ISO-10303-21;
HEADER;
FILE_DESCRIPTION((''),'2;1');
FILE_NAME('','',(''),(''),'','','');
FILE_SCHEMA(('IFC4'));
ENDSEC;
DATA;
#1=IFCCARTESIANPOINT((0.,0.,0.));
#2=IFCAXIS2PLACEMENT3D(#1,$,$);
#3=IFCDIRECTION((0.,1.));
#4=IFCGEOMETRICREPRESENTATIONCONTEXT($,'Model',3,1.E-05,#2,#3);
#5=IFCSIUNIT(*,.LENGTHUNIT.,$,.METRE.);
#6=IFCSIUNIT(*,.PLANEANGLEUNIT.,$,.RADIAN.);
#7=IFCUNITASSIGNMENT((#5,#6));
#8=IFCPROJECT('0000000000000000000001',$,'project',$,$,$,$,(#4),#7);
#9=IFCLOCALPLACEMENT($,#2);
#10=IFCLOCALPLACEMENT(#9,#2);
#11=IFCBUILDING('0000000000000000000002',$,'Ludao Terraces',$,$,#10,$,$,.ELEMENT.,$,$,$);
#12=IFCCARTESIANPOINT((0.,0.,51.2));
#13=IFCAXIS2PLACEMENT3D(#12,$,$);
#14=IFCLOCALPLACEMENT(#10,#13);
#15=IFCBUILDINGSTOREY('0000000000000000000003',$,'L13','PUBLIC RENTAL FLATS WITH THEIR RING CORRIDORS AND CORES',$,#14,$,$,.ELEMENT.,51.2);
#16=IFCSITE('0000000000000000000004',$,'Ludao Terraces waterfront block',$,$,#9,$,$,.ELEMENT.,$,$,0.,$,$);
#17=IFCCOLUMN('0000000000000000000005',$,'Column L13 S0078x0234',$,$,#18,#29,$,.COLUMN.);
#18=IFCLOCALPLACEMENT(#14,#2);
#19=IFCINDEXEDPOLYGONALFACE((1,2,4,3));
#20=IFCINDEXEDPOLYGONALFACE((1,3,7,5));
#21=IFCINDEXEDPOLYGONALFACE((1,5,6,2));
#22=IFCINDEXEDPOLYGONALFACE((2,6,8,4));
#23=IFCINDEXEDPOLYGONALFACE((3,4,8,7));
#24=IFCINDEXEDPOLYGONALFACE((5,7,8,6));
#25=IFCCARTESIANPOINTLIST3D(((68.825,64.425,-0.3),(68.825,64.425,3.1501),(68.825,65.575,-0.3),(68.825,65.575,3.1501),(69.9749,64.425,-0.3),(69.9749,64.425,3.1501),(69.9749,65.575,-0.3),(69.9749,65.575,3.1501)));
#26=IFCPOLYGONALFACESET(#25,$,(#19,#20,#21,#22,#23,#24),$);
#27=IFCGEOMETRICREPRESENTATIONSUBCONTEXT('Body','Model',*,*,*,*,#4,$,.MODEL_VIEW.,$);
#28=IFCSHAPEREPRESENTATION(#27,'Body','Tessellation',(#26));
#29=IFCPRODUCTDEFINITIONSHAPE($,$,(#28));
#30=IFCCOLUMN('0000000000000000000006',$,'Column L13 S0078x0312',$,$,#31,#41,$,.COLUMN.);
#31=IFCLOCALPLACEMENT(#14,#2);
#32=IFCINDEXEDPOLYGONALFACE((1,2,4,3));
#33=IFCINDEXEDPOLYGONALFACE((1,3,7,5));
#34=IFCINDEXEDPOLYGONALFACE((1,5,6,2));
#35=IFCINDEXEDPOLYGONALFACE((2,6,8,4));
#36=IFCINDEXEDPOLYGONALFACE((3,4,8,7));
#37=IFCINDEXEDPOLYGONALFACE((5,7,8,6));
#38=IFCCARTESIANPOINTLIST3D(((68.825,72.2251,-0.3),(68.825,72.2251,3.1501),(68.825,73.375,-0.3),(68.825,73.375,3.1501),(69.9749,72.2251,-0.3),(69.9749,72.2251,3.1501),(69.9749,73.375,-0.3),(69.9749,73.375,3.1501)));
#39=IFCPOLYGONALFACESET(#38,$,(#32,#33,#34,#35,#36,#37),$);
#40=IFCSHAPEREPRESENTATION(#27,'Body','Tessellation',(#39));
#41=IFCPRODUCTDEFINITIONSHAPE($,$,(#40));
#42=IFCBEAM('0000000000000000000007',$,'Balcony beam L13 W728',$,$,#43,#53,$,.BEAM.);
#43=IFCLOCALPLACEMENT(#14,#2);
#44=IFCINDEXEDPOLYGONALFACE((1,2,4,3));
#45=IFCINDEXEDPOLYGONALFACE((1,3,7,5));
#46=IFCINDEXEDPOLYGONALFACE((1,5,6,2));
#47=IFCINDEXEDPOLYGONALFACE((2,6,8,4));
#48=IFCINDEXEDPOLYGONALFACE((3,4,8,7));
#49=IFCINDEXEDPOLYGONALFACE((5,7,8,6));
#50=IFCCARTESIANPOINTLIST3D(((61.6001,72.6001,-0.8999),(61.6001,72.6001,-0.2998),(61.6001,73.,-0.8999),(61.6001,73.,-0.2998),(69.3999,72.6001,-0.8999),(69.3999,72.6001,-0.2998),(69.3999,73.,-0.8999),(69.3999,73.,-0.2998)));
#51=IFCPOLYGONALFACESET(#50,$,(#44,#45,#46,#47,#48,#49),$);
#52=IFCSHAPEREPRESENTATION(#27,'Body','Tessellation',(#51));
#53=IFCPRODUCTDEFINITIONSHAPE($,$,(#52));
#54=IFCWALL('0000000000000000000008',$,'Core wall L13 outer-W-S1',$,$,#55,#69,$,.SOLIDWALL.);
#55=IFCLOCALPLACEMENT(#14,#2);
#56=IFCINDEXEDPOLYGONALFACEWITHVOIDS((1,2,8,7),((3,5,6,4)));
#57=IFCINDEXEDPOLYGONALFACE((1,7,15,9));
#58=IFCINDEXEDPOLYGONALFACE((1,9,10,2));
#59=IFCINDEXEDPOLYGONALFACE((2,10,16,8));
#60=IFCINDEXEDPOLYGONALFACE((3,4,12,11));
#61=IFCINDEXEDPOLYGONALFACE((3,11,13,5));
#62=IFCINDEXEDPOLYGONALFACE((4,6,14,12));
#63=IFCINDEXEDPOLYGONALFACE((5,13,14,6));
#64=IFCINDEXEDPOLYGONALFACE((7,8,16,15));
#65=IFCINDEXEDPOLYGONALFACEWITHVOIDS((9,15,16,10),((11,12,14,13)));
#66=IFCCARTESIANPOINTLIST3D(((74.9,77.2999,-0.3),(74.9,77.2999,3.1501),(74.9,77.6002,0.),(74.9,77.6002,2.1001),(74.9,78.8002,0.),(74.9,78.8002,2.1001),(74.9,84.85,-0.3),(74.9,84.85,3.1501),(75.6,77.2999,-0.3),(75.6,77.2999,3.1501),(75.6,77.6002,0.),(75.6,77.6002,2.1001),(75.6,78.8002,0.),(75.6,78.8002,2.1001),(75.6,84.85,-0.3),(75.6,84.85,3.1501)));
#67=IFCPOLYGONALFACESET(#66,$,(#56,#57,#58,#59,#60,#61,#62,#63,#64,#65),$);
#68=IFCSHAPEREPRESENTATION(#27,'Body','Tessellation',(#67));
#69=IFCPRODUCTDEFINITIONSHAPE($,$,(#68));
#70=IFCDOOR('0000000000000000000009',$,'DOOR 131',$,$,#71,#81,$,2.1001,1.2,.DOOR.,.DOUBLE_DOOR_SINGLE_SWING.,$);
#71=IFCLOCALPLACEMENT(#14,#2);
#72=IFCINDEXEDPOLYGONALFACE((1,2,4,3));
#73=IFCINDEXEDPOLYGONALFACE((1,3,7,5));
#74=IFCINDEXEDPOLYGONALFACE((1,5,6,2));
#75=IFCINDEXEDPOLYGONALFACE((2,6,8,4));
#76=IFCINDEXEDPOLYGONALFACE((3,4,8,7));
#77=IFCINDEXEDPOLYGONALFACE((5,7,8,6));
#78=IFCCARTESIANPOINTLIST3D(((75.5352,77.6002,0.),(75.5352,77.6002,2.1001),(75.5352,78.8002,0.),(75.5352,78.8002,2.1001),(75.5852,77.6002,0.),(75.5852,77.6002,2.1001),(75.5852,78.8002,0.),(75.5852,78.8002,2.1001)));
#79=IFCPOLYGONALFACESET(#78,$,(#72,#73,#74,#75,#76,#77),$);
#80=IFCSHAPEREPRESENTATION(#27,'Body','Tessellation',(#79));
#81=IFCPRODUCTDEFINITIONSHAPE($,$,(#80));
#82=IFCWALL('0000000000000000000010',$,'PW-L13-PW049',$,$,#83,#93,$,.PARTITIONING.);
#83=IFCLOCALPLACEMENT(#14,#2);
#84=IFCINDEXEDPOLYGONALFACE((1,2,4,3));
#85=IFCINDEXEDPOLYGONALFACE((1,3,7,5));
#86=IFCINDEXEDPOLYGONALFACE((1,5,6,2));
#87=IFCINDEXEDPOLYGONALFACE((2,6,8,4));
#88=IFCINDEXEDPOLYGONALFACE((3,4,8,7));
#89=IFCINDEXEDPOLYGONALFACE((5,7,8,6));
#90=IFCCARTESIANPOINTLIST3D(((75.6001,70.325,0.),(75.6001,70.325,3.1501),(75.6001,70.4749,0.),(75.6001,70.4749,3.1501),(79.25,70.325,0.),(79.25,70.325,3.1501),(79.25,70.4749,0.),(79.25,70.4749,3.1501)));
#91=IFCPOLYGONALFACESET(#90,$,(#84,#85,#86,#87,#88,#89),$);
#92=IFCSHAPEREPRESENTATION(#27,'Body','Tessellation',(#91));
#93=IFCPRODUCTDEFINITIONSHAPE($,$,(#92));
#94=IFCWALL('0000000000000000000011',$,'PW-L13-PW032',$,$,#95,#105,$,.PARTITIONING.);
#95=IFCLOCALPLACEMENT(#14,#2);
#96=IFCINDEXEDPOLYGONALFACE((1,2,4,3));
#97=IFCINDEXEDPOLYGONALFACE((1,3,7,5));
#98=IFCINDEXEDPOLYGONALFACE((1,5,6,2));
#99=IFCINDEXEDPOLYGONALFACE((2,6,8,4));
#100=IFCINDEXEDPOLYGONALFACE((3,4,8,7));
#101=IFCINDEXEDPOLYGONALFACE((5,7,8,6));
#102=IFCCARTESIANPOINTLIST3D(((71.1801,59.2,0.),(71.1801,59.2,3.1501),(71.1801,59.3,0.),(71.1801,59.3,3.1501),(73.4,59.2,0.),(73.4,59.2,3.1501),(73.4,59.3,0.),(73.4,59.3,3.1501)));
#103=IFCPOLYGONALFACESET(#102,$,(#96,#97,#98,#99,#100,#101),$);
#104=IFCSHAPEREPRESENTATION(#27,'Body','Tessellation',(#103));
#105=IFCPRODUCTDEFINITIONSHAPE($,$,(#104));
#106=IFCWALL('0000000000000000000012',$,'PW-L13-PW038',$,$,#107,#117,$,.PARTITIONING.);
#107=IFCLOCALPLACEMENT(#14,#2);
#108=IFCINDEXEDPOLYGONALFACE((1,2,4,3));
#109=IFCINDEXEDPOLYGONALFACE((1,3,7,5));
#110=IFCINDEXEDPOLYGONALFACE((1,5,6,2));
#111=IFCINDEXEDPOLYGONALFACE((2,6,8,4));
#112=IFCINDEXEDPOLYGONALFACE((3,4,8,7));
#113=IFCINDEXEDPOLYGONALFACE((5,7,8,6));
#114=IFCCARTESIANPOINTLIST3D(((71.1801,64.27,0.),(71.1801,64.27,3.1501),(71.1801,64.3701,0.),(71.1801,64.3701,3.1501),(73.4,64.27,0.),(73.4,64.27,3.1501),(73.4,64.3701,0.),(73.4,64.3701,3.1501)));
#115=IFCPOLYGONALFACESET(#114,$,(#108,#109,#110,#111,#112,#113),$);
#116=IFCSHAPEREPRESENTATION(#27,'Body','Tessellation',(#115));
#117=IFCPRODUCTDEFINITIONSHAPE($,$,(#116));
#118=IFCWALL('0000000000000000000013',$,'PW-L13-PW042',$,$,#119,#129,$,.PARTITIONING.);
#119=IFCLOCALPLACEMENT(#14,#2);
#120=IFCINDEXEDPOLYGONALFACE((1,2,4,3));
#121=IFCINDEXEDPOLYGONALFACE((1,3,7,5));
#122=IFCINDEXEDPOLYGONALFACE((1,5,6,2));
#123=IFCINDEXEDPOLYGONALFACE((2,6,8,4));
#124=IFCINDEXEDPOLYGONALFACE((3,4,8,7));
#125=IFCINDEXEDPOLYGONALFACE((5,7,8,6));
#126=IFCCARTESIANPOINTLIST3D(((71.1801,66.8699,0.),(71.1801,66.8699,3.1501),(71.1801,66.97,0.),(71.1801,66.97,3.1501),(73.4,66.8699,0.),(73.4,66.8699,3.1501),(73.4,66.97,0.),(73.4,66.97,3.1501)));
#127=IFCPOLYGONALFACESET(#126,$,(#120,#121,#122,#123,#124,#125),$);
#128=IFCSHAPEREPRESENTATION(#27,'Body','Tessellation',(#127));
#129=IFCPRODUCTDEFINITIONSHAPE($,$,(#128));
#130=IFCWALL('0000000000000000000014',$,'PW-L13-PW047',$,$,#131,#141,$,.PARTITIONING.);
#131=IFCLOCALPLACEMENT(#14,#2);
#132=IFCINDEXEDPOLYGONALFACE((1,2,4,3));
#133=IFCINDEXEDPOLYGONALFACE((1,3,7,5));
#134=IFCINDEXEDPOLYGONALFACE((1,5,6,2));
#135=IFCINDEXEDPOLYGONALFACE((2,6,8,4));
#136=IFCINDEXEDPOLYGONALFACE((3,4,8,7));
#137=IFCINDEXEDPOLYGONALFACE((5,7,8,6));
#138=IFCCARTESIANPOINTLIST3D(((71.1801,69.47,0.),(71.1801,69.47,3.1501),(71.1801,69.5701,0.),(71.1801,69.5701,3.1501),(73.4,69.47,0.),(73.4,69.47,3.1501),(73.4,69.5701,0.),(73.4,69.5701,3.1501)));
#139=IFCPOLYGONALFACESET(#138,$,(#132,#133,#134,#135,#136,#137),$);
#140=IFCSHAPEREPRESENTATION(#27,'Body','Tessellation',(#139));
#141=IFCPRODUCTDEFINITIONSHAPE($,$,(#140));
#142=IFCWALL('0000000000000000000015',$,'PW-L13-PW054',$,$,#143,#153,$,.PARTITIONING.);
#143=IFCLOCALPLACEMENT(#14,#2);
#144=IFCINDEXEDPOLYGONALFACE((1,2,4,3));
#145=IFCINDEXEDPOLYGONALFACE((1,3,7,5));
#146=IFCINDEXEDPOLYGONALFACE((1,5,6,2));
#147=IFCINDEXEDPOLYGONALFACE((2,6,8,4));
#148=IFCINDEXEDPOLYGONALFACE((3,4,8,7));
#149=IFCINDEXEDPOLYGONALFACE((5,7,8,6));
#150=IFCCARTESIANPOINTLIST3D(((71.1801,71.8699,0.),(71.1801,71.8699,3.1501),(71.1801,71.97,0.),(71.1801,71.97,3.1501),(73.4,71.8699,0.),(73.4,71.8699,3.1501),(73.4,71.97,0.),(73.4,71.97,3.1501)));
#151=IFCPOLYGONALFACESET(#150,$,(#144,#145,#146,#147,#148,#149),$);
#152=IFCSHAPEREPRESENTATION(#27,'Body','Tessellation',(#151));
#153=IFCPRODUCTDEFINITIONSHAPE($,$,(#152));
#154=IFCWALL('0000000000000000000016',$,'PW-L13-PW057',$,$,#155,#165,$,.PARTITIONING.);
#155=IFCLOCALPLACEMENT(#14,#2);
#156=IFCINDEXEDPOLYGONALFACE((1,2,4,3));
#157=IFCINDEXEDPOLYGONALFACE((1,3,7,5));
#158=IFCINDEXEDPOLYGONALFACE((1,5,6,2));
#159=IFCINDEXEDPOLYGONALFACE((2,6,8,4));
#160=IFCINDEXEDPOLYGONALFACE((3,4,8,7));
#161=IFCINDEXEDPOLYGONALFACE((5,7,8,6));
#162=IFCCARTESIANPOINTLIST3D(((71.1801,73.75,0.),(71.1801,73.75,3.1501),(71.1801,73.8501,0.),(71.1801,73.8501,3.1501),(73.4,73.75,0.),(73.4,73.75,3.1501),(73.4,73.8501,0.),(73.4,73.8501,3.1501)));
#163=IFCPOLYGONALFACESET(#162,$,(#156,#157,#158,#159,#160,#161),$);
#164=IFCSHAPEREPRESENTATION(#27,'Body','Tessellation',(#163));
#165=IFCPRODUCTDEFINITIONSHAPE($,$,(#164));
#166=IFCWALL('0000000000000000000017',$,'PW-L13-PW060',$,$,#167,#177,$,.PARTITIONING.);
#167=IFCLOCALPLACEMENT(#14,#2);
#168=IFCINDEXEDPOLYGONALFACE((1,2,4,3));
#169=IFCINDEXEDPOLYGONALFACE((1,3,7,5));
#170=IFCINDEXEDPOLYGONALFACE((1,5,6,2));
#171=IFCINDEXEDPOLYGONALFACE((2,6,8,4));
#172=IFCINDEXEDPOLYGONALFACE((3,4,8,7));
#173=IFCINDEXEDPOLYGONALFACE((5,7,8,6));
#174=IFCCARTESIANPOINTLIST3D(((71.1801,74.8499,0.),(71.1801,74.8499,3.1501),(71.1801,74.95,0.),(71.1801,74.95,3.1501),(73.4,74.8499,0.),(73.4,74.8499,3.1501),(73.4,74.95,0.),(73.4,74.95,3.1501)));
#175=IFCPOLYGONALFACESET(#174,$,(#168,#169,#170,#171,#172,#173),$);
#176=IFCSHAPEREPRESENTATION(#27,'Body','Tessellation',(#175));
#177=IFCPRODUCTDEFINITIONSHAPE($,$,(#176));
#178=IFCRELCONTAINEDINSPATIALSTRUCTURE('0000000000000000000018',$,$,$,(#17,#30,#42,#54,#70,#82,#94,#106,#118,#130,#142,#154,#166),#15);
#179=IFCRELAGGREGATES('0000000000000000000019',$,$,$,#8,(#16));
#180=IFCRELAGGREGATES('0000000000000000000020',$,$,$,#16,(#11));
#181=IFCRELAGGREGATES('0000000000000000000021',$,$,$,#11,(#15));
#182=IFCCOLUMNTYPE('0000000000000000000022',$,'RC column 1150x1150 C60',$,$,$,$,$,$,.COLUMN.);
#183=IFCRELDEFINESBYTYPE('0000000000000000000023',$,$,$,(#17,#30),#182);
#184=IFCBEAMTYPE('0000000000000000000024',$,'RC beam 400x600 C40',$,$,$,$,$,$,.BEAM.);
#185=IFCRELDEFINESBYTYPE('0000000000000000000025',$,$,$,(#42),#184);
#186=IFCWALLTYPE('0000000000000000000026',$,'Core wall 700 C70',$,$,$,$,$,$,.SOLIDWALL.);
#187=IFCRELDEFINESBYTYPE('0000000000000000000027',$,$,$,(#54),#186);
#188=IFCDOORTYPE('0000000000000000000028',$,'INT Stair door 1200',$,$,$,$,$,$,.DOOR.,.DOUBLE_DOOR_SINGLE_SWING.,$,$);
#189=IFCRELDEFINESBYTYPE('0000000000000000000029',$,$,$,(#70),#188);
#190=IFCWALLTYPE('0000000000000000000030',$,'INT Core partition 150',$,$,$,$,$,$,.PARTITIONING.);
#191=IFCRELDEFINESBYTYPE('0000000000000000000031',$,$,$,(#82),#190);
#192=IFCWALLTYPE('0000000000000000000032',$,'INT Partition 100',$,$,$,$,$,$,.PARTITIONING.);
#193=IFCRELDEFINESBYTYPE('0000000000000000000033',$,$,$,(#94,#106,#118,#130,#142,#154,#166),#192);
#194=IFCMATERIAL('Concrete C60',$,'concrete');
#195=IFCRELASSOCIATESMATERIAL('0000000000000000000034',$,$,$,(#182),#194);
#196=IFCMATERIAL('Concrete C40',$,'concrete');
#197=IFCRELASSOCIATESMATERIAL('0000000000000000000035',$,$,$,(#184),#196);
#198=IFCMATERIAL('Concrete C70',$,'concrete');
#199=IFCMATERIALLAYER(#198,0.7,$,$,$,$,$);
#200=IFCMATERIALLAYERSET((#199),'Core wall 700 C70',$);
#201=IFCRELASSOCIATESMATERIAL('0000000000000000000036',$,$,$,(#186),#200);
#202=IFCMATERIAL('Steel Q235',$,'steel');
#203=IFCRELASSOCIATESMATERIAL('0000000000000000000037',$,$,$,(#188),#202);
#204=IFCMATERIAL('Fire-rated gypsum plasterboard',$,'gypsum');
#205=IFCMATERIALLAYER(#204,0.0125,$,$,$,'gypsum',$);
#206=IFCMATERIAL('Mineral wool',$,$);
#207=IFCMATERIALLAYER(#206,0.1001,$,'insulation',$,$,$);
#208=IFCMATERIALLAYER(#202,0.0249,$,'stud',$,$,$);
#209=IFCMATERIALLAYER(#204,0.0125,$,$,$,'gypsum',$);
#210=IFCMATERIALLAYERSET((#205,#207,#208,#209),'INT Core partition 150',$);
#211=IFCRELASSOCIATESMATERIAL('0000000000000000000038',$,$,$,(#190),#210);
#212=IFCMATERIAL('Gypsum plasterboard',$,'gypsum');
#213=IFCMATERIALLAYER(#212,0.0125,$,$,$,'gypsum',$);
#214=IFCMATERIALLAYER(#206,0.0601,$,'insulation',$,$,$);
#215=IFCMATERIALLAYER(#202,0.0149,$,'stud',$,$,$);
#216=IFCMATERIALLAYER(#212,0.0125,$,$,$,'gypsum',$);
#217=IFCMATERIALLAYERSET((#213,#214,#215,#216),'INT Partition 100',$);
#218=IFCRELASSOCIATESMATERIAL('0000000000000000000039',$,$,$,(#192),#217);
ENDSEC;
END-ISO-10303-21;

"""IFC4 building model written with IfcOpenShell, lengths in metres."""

from ifc_helpers import new_model, si_unit, direction, frame, frame_2d, origin, origin_2d, place, context, subcontext, project, spatial, rectangle, extrude, material, layer, layer_set, material_profile, profile_set, type_object, element, fill, save


model = new_model("IFC4")

# Units and contexts
model_context = context("Model", 3, precision=1e-05, world=origin(), true_north=direction((0.0, 1.0)))
body_context = subcontext(model_context, "Body", "Model", "MODEL_VIEW")
ifc_project = project(units=[si_unit("LENGTHUNIT", "METRE"), si_unit("PLANEANGLEUNIT", "RADIAN")], contexts=[model_context])

# Site, building, storey
site_placement = place(None, origin())
site = spatial("IfcSite", under=ifc_project, at=site_placement, Name="Ludao Terraces waterfront block", CompositionType="ELEMENT", RefElevation=0.0)
building_placement = place(site_placement, origin())
building = spatial("IfcBuilding", under=site, at=building_placement, Name="Ludao Terraces", CompositionType="ELEMENT")
storey_placement = place(building_placement, frame((0.0, 0.0, 51.2)))
storey = spatial("IfcBuildingStorey", under=building, at=storey_placement, Name="L13", Description="PUBLIC RENTAL FLATS WITH THEIR RING CORRIDORS AND CORES", CompositionType="ELEMENT", Elevation=51.2)

# Columns
ifc_material_1 = material(Name="Concrete C60", Category="concrete")
ifc_material_profile_1 = material_profile(ifc_material_1, rectangle(XDim=1.1499, YDim=1.1499, at=origin_2d()), Name="1150 X 1150")
ifc_profile_set_1 = profile_set([ifc_material_profile_1], Name="Concrete C60")
column_type = type_object("IfcColumnType", Name="RC column 1150x1150 C60", PredefinedType="COLUMN", material=ifc_profile_set_1)
for number, where, z_axis, x_axis, name in (
    (1, (69.3999, 65.0, -0.3), (0.0, 0.0, 1.0), (1.0, 0.0, 0.0), "Column L13 S0078x0234"),
    (2, (69.3999, 72.8, -0.3), (0.0, 0.0, 1.0), (1.0, 0.0, 0.0), "Column L13 S0078x0312"),
):
    element("IfcColumn", number, at=place(storey_placement, frame(where, z_axis=z_axis, x_axis=x_axis)), inside=storey, type_object=column_type, Name=name, PredefinedType="COLUMN", context=body_context, shape_type="SweptSolid", body=[
        extrude(rectangle(XDim=1.1499, YDim=1.1499, at=origin_2d()), origin(), (0.0, 0.0, 1.0), 3.4502),
    ])

# Beam
ifc_material_2 = material(Name="Concrete C40", Category="concrete")
ifc_material_profile_2 = material_profile(ifc_material_2, rectangle(XDim=0.3999, YDim=0.6001, at=origin_2d()), Name="400 X 600")
ifc_profile_set_2 = profile_set([ifc_material_profile_2], Name="Concrete C40")
beam_type = type_object("IfcBeamType", Name="RC beam 400x600 C40", PredefinedType="BEAM", material=ifc_profile_set_2)
beam_placement = place(storey_placement, frame((69.3999, 72.8, -0.5999), z_axis=(-1.0, 0.0, 0.0), x_axis=(0.0, -1.0, 0.0)))
element("IfcBeam", 3, at=beam_placement, inside=storey, type_object=beam_type, Name="Balcony beam L13 W728", PredefinedType="BEAM", context=body_context, shape_type="SweptSolid", body=[
    extrude(rectangle(XDim=0.3999, YDim=0.6001, at=origin_2d()), origin(), (0.0, 0.0, 1.0), 7.7998),
])

# Wall, opening, door
ifc_material_3 = material(Name="Concrete C70", Category="concrete")
ifc_layer_1 = layer(ifc_material_3, 0.7)
ifc_layer_set_1 = layer_set([ifc_layer_1], Name="Core wall 700 C70")
wall_type_1 = type_object("IfcWallType", Name="Core wall 700 C70", PredefinedType="SOLIDWALL", material=ifc_layer_set_1)
wall_1_placement = place(storey_placement, frame((75.25, 77.3, -0.3), z_axis=(0.0, 0.0, 1.0), x_axis=(0.0, 1.0, 0.0)))
wall_1 = element("IfcWall", 4, at=wall_1_placement, inside=storey, type_object=wall_type_1, Name="Core wall L13 outer-W-S1", PredefinedType="SOLIDWALL", context=body_context, shape_type="SweptSolid", body=[
    extrude(rectangle(XDim=7.55, YDim=0.7, at=frame_2d((3.7749, 0.0))), origin(), (0.0, 0.0, 1.0), 3.4502),
])
opening_1_placement = place(wall_1_placement, frame((0.3, 0.0, 0.3)))
opening_1 = element("IfcOpeningElement", 5, at=opening_1_placement, cuts=wall_1, PredefinedType="OPENING", context=body_context, shape_type="SweptSolid", body=[
    extrude(rectangle(XDim=1.2, YDim=2.1001, at=frame_2d((0.6001, 1.05))), frame((0.0, 0.3599, 0.0), z_axis=(0.0, -1.0, 0.0), x_axis=(1.0, 0.0, 0.0)), (0.0, 0.0, 1.0), 0.72),
])
ifc_material_4 = material(Name="Steel Q235", Category="steel")
door_type_1 = type_object("IfcDoorType", Name="INT Stair door 1200", OperationType="DOUBLE_DOOR_SINGLE_SWING", PredefinedType="DOOR", material=ifc_material_4)
door_1_placement = place(opening_1_placement, origin())
door_1 = element("IfcDoor", 6, at=door_1_placement, inside=storey, type_object=door_type_1, Name="DOOR 131", OperationType="DOUBLE_DOOR_SINGLE_SWING", OverallHeight=2.1001, OverallWidth=1.2, PredefinedType="DOOR", context=body_context, shape_type="SweptSolid", body=[
    extrude(rectangle(XDim=1.2, YDim=2.1001, at=frame_2d((0.6001, 1.05))), frame((0.0, -0.2852, 0.0), z_axis=(0.0, -1.0, 0.0), x_axis=(1.0, 0.0, 0.0)), (0.0, 0.0, 1.0), 0.05),
])
fill(opening_1, door_1)

# Walls
ifc_material_5 = material(Name="Fire-rated gypsum plasterboard", Category="gypsum")
ifc_layer_2 = layer(ifc_material_5, 0.0125, Category="gypsum")
ifc_material_6 = material(Name="Mineral wool")
ifc_layer_3 = layer(ifc_material_6, 0.1001, Name="insulation")
ifc_layer_4 = layer(ifc_material_4, 0.0249, Name="stud")
ifc_layer_5 = layer(ifc_material_5, 0.0125, Category="gypsum")
ifc_layer_set_2 = layer_set([ifc_layer_2, ifc_layer_3, ifc_layer_4, ifc_layer_5], Name="INT Core partition 150")
wall_type_2 = type_object("IfcWallType", Name="INT Core partition 150", PredefinedType="PARTITIONING", material=ifc_layer_set_2)
wall_2_placement = place(storey_placement, frame((75.6001, 70.3999, 0.0), z_axis=(0.0, 0.0, 1.0), x_axis=(1.0, 0.0, 0.0)))
element("IfcWall", 7, at=wall_2_placement, inside=storey, type_object=wall_type_2, Name="PW-L13-PW049", PredefinedType="PARTITIONING", context=body_context, shape_type="SweptSolid", body=[
    extrude(rectangle(XDim=3.6499, YDim=0.1499, at=frame_2d((1.825, 0.0))), origin(), (0.0, 0.0, 1.0), 3.1501),
])
ifc_material_7 = material(Name="Gypsum plasterboard", Category="gypsum")
ifc_layer_6 = layer(ifc_material_7, 0.0125, Category="gypsum")
ifc_layer_7 = layer(ifc_material_6, 0.0601, Name="insulation")
ifc_layer_8 = layer(ifc_material_4, 0.0149, Name="stud")
ifc_layer_9 = layer(ifc_material_7, 0.0125, Category="gypsum")
ifc_layer_set_3 = layer_set([ifc_layer_6, ifc_layer_7, ifc_layer_8, ifc_layer_9], Name="INT Partition 100")
wall_type_3 = type_object("IfcWallType", Name="INT Partition 100", PredefinedType="PARTITIONING", material=ifc_layer_set_3)
for number, where, z_axis, x_axis, name in (
    (8, (71.1802, 59.25, 0.0), (0.0, 0.0, 1.0), (1.0, 0.0, 0.0), "PW-L13-PW032"),
    (9, (71.1802, 64.3201, 0.0), (0.0, 0.0, 1.0), (1.0, 0.0, 0.0), "PW-L13-PW038"),
    (10, (71.1802, 66.9199, 0.0), (0.0, 0.0, 1.0), (1.0, 0.0, 0.0), "PW-L13-PW042"),
    (11, (71.1802, 69.52, 0.0), (0.0, 0.0, 1.0), (1.0, 0.0, 0.0), "PW-L13-PW047"),
    (12, (71.1802, 71.9199, 0.0), (0.0, 0.0, 1.0), (1.0, 0.0, 0.0), "PW-L13-PW054"),
    (13, (71.1802, 73.8, 0.0), (0.0, 0.0, 1.0), (1.0, 0.0, 0.0), "PW-L13-PW057"),
    (14, (71.1802, 74.8999, 0.0), (0.0, 0.0, 1.0), (1.0, 0.0, 0.0), "PW-L13-PW060"),
):
    element("IfcWall", number, at=place(storey_placement, frame(where, z_axis=z_axis, x_axis=x_axis)), inside=storey, type_object=wall_type_3, Name=name, PredefinedType="PARTITIONING", context=body_context, shape_type="SweptSolid", body=[
        extrude(rectangle(XDim=2.22, YDim=0.1001, at=frame_2d((1.1099, 0.0))), origin(), (0.0, 0.0, 1.0), 3.1501),
    ])

save(model, "model.ifc")
